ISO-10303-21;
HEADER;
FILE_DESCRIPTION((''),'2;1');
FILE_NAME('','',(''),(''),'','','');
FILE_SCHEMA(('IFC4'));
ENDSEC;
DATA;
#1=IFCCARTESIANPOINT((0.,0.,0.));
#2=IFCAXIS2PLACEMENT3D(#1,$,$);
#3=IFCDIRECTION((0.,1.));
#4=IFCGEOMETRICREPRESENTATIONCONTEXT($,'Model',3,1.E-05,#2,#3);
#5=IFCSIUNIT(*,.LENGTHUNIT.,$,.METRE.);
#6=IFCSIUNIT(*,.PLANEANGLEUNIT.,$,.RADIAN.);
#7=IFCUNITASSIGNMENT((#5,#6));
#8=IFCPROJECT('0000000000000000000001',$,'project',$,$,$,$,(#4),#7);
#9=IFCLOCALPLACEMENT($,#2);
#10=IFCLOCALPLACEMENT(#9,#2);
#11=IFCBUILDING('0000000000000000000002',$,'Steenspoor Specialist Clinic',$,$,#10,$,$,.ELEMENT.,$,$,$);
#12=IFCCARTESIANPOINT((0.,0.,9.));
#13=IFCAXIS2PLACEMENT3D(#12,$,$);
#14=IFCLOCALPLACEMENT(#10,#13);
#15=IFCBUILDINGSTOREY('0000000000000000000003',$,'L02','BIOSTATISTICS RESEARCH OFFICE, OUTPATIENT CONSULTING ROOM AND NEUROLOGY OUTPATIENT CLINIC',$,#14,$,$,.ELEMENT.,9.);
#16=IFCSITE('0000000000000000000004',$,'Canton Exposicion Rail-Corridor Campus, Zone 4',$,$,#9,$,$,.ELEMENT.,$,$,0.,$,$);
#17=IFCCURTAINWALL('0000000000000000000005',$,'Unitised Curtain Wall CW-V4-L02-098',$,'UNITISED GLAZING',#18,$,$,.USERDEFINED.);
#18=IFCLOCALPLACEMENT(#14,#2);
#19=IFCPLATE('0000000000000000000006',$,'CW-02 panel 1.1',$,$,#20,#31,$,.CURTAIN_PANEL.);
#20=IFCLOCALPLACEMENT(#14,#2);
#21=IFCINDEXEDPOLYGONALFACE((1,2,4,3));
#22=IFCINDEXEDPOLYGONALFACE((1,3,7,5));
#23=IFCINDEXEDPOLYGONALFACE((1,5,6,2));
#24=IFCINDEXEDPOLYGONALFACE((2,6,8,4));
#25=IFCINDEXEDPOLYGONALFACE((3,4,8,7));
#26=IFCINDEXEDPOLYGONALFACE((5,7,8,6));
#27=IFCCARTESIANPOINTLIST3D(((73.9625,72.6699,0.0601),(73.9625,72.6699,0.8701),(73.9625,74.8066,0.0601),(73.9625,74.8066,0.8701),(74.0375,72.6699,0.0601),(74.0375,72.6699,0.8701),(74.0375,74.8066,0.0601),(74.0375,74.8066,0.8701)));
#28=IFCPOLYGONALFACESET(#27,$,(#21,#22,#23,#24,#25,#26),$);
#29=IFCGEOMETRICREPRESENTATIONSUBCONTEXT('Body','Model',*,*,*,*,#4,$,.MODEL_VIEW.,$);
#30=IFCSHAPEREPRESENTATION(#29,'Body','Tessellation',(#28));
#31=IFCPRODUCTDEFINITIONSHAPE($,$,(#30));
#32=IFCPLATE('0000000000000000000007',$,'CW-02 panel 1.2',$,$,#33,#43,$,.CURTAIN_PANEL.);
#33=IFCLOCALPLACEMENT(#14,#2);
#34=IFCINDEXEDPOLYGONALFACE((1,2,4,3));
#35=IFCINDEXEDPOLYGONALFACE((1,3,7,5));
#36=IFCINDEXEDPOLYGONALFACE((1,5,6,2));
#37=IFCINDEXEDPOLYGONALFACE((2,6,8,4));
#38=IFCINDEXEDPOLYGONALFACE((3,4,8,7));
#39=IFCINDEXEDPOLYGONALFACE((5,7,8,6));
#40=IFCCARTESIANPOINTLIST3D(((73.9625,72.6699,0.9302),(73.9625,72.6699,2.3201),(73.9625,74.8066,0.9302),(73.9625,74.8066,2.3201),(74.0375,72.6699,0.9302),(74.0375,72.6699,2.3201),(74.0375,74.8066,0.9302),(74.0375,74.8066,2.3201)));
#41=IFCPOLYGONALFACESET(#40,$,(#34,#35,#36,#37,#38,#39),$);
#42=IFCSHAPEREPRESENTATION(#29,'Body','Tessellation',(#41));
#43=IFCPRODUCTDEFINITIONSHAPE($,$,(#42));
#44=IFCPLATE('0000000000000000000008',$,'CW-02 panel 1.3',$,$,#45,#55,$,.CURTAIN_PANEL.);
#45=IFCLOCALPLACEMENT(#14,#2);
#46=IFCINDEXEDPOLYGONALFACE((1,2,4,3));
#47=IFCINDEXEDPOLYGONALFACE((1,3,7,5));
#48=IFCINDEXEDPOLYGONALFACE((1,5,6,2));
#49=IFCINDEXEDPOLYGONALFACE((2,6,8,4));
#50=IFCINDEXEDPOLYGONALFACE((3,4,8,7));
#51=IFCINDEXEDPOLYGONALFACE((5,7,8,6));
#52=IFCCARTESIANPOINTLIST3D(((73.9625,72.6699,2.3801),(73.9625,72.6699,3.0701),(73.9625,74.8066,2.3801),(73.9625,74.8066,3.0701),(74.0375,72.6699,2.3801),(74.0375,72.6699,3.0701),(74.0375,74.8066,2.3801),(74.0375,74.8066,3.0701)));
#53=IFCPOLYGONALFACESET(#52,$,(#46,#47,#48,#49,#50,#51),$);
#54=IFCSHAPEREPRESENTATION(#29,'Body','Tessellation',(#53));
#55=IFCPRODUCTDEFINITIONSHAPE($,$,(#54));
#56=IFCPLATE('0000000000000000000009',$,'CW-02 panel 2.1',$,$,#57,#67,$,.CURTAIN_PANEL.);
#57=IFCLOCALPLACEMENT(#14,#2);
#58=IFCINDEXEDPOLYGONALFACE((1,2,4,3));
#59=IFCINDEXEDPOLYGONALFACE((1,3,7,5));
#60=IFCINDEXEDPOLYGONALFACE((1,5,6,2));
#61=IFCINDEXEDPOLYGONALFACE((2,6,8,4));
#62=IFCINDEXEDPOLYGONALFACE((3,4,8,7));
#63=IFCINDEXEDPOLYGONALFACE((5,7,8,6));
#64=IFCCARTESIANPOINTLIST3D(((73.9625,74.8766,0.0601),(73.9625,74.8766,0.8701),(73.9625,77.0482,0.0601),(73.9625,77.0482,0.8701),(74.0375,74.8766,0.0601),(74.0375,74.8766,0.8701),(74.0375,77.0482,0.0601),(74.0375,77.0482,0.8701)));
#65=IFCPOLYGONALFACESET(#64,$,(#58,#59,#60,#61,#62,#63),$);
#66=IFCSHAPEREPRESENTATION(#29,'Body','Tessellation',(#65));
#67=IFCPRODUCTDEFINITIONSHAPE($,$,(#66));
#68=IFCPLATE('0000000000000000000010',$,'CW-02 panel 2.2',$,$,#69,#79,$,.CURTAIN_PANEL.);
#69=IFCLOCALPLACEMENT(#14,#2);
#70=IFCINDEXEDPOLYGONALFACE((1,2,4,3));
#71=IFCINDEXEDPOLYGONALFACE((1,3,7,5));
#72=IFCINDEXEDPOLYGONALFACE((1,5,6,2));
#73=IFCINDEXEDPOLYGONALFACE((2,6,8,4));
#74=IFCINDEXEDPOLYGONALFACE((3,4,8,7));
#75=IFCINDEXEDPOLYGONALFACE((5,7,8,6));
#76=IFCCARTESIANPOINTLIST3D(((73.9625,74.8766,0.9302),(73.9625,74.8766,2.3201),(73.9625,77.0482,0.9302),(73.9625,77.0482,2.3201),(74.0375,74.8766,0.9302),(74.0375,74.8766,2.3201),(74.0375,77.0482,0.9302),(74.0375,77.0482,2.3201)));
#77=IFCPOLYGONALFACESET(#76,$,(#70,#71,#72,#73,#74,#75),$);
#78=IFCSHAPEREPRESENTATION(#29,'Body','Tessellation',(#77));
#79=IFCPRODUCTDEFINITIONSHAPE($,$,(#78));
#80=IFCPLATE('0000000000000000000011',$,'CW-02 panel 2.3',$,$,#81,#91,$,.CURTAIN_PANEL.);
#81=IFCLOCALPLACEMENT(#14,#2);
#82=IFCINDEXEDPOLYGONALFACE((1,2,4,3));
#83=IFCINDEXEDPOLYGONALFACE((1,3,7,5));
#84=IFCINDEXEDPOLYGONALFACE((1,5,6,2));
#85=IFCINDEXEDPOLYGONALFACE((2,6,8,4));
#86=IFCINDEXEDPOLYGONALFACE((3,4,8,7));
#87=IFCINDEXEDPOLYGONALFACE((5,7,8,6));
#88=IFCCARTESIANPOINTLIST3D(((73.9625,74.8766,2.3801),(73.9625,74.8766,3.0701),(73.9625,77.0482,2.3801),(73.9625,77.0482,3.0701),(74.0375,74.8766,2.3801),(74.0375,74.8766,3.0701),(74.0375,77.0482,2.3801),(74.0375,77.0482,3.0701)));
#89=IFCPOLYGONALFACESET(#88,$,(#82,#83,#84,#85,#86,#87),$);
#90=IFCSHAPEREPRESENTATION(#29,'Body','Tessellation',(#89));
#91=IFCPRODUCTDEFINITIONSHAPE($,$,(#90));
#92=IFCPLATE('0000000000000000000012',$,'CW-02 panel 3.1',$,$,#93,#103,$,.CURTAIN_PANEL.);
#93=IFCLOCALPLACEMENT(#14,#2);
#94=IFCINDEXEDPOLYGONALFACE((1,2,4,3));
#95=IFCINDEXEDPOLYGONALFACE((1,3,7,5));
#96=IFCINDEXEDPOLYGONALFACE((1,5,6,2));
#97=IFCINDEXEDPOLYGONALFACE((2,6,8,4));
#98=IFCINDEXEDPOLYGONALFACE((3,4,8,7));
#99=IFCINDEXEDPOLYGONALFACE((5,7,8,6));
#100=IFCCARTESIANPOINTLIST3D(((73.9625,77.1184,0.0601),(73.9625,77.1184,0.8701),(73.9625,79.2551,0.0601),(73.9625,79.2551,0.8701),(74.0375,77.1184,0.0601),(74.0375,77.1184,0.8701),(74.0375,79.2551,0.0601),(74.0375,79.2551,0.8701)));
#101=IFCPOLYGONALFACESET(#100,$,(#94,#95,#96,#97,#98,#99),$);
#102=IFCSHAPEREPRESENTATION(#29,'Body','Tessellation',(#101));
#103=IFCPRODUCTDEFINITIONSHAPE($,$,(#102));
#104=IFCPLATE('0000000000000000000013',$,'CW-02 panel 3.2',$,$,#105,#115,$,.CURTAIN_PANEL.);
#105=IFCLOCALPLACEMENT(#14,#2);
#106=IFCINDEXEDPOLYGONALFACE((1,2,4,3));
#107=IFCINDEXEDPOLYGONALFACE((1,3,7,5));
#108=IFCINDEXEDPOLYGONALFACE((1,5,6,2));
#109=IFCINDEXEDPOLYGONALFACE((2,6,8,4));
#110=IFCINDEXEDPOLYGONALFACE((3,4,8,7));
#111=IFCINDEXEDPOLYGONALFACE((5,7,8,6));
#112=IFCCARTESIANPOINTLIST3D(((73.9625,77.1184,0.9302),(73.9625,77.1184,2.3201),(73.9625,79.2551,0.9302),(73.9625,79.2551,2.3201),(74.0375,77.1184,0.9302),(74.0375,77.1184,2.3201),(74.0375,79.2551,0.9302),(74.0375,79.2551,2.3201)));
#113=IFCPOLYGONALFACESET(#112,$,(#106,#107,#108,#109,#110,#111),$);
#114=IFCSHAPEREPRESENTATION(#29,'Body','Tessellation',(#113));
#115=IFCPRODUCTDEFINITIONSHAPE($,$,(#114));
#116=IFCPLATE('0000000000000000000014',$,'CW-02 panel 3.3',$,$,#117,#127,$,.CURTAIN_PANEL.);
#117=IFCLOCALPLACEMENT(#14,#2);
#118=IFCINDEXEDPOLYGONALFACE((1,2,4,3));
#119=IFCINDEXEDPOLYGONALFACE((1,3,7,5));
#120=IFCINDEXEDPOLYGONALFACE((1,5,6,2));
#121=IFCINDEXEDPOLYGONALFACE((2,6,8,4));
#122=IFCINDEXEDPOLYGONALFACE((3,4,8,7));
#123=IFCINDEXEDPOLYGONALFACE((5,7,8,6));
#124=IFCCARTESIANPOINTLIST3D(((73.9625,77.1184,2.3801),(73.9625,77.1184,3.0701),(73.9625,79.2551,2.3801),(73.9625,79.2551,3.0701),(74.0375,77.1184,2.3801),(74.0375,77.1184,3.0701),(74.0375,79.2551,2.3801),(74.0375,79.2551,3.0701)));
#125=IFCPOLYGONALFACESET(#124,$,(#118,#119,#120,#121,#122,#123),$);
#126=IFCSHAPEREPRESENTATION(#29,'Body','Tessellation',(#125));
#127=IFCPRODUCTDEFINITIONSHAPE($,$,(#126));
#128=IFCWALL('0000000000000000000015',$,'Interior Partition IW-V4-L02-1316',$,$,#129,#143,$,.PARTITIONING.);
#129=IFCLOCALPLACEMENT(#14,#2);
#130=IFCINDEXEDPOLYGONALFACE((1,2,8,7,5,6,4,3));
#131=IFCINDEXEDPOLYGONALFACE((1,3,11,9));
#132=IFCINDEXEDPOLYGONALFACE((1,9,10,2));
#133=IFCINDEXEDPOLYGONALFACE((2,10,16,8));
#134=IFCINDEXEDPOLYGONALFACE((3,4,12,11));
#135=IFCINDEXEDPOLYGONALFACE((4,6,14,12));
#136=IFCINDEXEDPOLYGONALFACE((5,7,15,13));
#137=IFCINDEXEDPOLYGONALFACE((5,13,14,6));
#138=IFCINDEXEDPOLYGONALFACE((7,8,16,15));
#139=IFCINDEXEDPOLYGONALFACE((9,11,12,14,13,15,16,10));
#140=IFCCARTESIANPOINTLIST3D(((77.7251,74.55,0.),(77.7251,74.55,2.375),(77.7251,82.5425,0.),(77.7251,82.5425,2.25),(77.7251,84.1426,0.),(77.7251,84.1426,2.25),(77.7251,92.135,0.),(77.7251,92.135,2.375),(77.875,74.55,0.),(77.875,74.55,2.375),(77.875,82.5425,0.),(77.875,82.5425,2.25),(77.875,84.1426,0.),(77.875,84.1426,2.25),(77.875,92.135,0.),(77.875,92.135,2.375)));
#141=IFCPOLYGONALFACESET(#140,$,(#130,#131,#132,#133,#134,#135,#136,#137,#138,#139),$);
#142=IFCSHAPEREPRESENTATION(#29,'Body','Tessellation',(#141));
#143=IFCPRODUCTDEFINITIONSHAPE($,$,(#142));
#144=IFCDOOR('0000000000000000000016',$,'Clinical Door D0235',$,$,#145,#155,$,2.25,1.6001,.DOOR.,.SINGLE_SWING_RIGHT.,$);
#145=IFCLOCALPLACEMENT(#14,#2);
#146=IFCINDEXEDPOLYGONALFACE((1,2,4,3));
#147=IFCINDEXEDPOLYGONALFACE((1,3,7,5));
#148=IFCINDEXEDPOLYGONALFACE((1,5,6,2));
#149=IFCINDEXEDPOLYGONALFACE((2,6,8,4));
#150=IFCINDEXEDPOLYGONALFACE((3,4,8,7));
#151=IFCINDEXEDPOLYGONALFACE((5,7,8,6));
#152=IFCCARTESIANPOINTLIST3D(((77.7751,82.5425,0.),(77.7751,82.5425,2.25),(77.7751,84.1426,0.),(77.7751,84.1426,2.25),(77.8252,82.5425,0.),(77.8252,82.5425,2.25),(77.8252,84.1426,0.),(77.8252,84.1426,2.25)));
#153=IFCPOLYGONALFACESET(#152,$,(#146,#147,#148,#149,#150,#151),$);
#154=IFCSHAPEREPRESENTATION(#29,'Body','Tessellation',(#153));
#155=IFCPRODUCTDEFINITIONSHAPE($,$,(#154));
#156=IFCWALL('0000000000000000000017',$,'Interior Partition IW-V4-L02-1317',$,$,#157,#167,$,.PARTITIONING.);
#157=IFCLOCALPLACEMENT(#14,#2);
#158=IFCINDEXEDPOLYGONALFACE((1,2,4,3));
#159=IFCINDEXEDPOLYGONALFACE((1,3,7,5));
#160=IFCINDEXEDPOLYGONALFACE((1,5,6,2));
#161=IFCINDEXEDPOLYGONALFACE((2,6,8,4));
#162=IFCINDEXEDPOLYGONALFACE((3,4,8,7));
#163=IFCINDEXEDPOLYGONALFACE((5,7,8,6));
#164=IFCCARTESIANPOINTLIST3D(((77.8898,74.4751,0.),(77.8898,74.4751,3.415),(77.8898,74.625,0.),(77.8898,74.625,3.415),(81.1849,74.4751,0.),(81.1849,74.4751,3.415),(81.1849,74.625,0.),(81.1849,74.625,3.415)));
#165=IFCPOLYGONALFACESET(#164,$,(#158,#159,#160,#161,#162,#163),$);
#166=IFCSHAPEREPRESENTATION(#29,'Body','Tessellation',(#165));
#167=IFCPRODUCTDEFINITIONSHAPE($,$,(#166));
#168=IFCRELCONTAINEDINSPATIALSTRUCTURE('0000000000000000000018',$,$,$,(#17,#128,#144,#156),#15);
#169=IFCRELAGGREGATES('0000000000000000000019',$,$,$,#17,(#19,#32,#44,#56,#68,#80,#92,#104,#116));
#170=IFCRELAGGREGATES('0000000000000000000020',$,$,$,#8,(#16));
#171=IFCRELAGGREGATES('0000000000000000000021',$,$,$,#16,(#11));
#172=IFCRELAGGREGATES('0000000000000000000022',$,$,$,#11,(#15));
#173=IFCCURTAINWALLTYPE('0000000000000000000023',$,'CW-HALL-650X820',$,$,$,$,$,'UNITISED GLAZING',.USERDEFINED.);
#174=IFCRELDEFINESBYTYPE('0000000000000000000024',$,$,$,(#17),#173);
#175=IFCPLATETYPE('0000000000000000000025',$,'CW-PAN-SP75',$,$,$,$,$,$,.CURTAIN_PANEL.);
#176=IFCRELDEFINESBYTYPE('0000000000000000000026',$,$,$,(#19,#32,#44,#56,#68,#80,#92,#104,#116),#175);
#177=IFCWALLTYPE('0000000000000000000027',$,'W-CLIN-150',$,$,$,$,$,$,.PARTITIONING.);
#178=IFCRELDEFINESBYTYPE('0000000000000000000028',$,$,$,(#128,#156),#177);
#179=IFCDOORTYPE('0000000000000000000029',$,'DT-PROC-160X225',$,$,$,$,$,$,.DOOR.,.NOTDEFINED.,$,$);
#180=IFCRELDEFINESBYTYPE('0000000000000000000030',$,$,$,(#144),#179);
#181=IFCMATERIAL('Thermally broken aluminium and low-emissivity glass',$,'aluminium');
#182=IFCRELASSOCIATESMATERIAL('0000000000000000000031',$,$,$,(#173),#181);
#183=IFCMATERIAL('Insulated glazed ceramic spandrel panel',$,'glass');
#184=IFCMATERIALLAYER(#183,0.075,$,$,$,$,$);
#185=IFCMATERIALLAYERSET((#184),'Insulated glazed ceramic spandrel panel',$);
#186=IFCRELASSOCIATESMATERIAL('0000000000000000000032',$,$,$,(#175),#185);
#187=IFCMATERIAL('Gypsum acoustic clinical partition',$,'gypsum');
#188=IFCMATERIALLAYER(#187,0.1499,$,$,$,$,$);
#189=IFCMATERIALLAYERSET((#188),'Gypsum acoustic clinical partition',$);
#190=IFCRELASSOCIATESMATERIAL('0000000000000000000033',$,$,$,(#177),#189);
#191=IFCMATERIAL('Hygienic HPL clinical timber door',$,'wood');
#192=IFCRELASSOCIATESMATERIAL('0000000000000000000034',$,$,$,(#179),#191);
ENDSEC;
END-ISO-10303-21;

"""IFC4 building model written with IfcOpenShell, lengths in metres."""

from ifc_helpers import new_model, si_unit, direction, frame, frame_2d, origin, origin_2d, place, context, subcontext, project, spatial, rectangle, extrude, material, layer, layer_set, type_object, element, fill, aggregate, save


model = new_model("IFC4")

# Units and contexts
model_context = context("Model", 3, precision=1e-05, world=origin(), true_north=direction((0.0, 1.0)))
body_context = subcontext(model_context, "Body", "Model", "MODEL_VIEW")
ifc_project = project(units=[si_unit("LENGTHUNIT", "METRE"), si_unit("PLANEANGLEUNIT", "RADIAN")], contexts=[model_context])

# Site, building, storey
site_placement = place(None, origin())
site = spatial("IfcSite", under=ifc_project, at=site_placement, Name="Canton Exposicion Rail-Corridor Campus, Zone 4", CompositionType="ELEMENT", RefElevation=0.0)
building_placement = place(site_placement, origin())
building = spatial("IfcBuilding", under=site, at=building_placement, Name="Steenspoor Specialist Clinic", CompositionType="ELEMENT")
storey_placement = place(building_placement, frame((0.0, 0.0, 9.0)))
storey = spatial("IfcBuildingStorey", under=building, at=storey_placement, Name="L02", Description="BIOSTATISTICS RESEARCH OFFICE, OUTPATIENT CONSULTING ROOM AND NEUROLOGY OUTPATIENT CLINIC", CompositionType="ELEMENT", Elevation=9.0)

# Curtain wall
ifc_material_1 = material(Name="Thermally broken aluminium and low-emissivity glass", Category="aluminium")
curtain_wall_type = type_object("IfcCurtainWallType", Name="CW-HALL-650X820", ElementType="UNITISED GLAZING", PredefinedType="USERDEFINED", material=ifc_material_1)
curtain_wall_placement = place(storey_placement, origin())
curtain_wall = element("IfcCurtainWall", 1, at=curtain_wall_placement, inside=storey, type_object=curtain_wall_type, Name="Unitised Curtain Wall CW-V4-L02-098", ObjectType="UNITISED GLAZING", PredefinedType="USERDEFINED")

# Plates
ifc_material_2 = material(Name="Insulated glazed ceramic spandrel panel", Category="glass")
ifc_layer_1 = layer(ifc_material_2, 0.075)
ifc_layer_set_1 = layer_set([ifc_layer_1], Name="Insulated glazed ceramic spandrel panel")
plate_type = type_object("IfcPlateType", Name="CW-PAN-SP75", PredefinedType="CURTAIN_PANEL", material=ifc_layer_set_1)
plate_1_placement = place(storey_placement, frame((74.0, 73.7383, 0.0601), z_axis=(0.0, 0.0, 1.0), x_axis=(0.0, 1.0, 0.0)))
plate_1 = element("IfcPlate", 2, at=plate_1_placement, type_object=plate_type, Name="CW-02 panel 1.1", PredefinedType="CURTAIN_PANEL", context=body_context, shape_type="SweptSolid", body=[
    extrude(rectangle(XDim=2.1367, YDim=0.075, at=origin_2d()), origin(), (0.0, 0.0, 1.0), 0.8101),
])
plate_2_placement = place(storey_placement, frame((74.0, 73.7383, 0.9302), z_axis=(0.0, 0.0, 1.0), x_axis=(0.0, 1.0, 0.0)))
plate_2 = element("IfcPlate", 3, at=plate_2_placement, type_object=plate_type, Name="CW-02 panel 1.2", PredefinedType="CURTAIN_PANEL", context=body_context, shape_type="SweptSolid", body=[
    extrude(rectangle(XDim=2.1367, YDim=0.075, at=origin_2d()), origin(), (0.0, 0.0, 1.0), 1.3899),
])
plate_3_placement = place(storey_placement, frame((74.0, 73.7383, 2.3801), z_axis=(0.0, 0.0, 1.0), x_axis=(0.0, 1.0, 0.0)))
plate_3 = element("IfcPlate", 4, at=plate_3_placement, type_object=plate_type, Name="CW-02 panel 1.3", PredefinedType="CURTAIN_PANEL", context=body_context, shape_type="SweptSolid", body=[
    extrude(rectangle(XDim=2.1367, YDim=0.075, at=origin_2d()), origin(), (0.0, 0.0, 1.0), 0.6899),
])
plate_4_placement = place(storey_placement, frame((74.0, 75.9624, 0.0601), z_axis=(0.0, 0.0, 1.0), x_axis=(0.0, 1.0, 0.0)))
plate_4 = element("IfcPlate", 5, at=plate_4_placement, type_object=plate_type, Name="CW-02 panel 2.1", PredefinedType="CURTAIN_PANEL", context=body_context, shape_type="SweptSolid", body=[
    extrude(rectangle(XDim=2.1716, YDim=0.075, at=origin_2d()), origin(), (0.0, 0.0, 1.0), 0.8101),
])
plate_5_placement = place(storey_placement, frame((74.0, 75.9624, 0.9302), z_axis=(0.0, 0.0, 1.0), x_axis=(0.0, 1.0, 0.0)))
plate_5 = element("IfcPlate", 6, at=plate_5_placement, type_object=plate_type, Name="CW-02 panel 2.2", PredefinedType="CURTAIN_PANEL", context=body_context, shape_type="SweptSolid", body=[
    extrude(rectangle(XDim=2.1716, YDim=0.075, at=origin_2d()), origin(), (0.0, 0.0, 1.0), 1.3899),
])
plate_6_placement = place(storey_placement, frame((74.0, 75.9624, 2.3801), z_axis=(0.0, 0.0, 1.0), x_axis=(0.0, 1.0, 0.0)))
plate_6 = element("IfcPlate", 7, at=plate_6_placement, type_object=plate_type, Name="CW-02 panel 2.3", PredefinedType="CURTAIN_PANEL", context=body_context, shape_type="SweptSolid", body=[
    extrude(rectangle(XDim=2.1716, YDim=0.075, at=origin_2d()), origin(), (0.0, 0.0, 1.0), 0.6899),
])
plate_7_placement = place(storey_placement, frame((74.0, 78.1868, 0.0601), z_axis=(0.0, 0.0, 1.0), x_axis=(0.0, 1.0, 0.0)))
plate_7 = element("IfcPlate", 8, at=plate_7_placement, type_object=plate_type, Name="CW-02 panel 3.1", PredefinedType="CURTAIN_PANEL", context=body_context, shape_type="SweptSolid", body=[
    extrude(rectangle(XDim=2.1367, YDim=0.075, at=origin_2d()), origin(), (0.0, 0.0, 1.0), 0.8101),
])
plate_8_placement = place(storey_placement, frame((74.0, 78.1868, 0.9302), z_axis=(0.0, 0.0, 1.0), x_axis=(0.0, 1.0, 0.0)))
plate_8 = element("IfcPlate", 9, at=plate_8_placement, type_object=plate_type, Name="CW-02 panel 3.2", PredefinedType="CURTAIN_PANEL", context=body_context, shape_type="SweptSolid", body=[
    extrude(rectangle(XDim=2.1367, YDim=0.075, at=origin_2d()), origin(), (0.0, 0.0, 1.0), 1.3899),
])
plate_9_placement = place(storey_placement, frame((74.0, 78.1868, 2.3801), z_axis=(0.0, 0.0, 1.0), x_axis=(0.0, 1.0, 0.0)))
plate_9 = element("IfcPlate", 10, at=plate_9_placement, type_object=plate_type, Name="CW-02 panel 3.3", PredefinedType="CURTAIN_PANEL", context=body_context, shape_type="SweptSolid", body=[
    extrude(rectangle(XDim=2.1367, YDim=0.075, at=origin_2d()), origin(), (0.0, 0.0, 1.0), 0.6899),
])
aggregate(curtain_wall, [plate_1, plate_2, plate_3, plate_4, plate_5, plate_6, plate_7, plate_8, plate_9])

# Wall, opening, door
ifc_material_3 = material(Name="Gypsum acoustic clinical partition", Category="gypsum")
ifc_layer_2 = layer(ifc_material_3, 0.1499)
ifc_layer_set_2 = layer_set([ifc_layer_2], Name="Gypsum acoustic clinical partition")
wall_type = type_object("IfcWallType", Name="W-CLIN-150", PredefinedType="PARTITIONING", material=ifc_layer_set_2)
wall_1_placement = place(storey_placement, frame((77.8, 74.55, 0.0), z_axis=(0.0, 0.0, 1.0), x_axis=(0.0, 1.0, 0.0)))
wall_1 = element("IfcWall", 11, at=wall_1_placement, inside=storey, type_object=wall_type, Name="Interior Partition IW-V4-L02-1316", PredefinedType="PARTITIONING", context=body_context, shape_type="SweptSolid", body=[
    extrude(rectangle(XDim=17.585, YDim=0.1499, at=frame_2d((8.7925, 0.0))), origin(), (0.0, 0.0, 1.0), 2.375),
])
opening_placement = place(wall_1_placement, frame((7.9924, 0.0, 0.0)))
opening = element("IfcOpeningElement", 12, at=opening_placement, cuts=wall_1, PredefinedType="OPENING", context=body_context, shape_type="SweptSolid", body=[
    extrude(rectangle(XDim=1.6001, YDim=2.25, at=frame_2d((0.8, 1.125))), frame((0.0, 0.085, 0.0), z_axis=(0.0, -1.0, 0.0), x_axis=(1.0, 0.0, 0.0)), (0.0, 0.0, 1.0), 0.1699),
])
ifc_material_4 = material(Name="Hygienic HPL clinical timber door", Category="wood")
door_type = type_object("IfcDoorType", Name="DT-PROC-160X225", OperationType="NOTDEFINED", PredefinedType="DOOR", material=ifc_material_4)
door_placement = place(opening_placement, origin())
door = element("IfcDoor", 13, at=door_placement, inside=storey, type_object=door_type, Name="Clinical Door D0235", OperationType="SINGLE_SWING_RIGHT", OverallHeight=2.25, OverallWidth=1.6001, PredefinedType="DOOR", context=body_context, shape_type="SweptSolid", body=[
    extrude(rectangle(XDim=1.6001, YDim=2.25, at=frame_2d((0.8, 1.125))), frame((0.0, 0.0249, 0.0), z_axis=(0.0, -1.0, 0.0), x_axis=(1.0, 0.0, 0.0)), (0.0, 0.0, 1.0), 0.05),
])
fill(opening, door)

# Wall
wall_2_placement = place(storey_placement, frame((77.8899, 74.55, 0.0), z_axis=(0.0, 0.0, 1.0), x_axis=(1.0, 0.0, 0.0)))
element("IfcWall", 14, at=wall_2_placement, inside=storey, type_object=wall_type, Name="Interior Partition IW-V4-L02-1317", PredefinedType="PARTITIONING", context=body_context, shape_type="SweptSolid", body=[
    extrude(rectangle(XDim=3.2952, YDim=0.1499, at=frame_2d((1.6475, 0.0))), origin(), (0.0, 0.0, 1.0), 3.415),
])

save(model, "model.ifc")
